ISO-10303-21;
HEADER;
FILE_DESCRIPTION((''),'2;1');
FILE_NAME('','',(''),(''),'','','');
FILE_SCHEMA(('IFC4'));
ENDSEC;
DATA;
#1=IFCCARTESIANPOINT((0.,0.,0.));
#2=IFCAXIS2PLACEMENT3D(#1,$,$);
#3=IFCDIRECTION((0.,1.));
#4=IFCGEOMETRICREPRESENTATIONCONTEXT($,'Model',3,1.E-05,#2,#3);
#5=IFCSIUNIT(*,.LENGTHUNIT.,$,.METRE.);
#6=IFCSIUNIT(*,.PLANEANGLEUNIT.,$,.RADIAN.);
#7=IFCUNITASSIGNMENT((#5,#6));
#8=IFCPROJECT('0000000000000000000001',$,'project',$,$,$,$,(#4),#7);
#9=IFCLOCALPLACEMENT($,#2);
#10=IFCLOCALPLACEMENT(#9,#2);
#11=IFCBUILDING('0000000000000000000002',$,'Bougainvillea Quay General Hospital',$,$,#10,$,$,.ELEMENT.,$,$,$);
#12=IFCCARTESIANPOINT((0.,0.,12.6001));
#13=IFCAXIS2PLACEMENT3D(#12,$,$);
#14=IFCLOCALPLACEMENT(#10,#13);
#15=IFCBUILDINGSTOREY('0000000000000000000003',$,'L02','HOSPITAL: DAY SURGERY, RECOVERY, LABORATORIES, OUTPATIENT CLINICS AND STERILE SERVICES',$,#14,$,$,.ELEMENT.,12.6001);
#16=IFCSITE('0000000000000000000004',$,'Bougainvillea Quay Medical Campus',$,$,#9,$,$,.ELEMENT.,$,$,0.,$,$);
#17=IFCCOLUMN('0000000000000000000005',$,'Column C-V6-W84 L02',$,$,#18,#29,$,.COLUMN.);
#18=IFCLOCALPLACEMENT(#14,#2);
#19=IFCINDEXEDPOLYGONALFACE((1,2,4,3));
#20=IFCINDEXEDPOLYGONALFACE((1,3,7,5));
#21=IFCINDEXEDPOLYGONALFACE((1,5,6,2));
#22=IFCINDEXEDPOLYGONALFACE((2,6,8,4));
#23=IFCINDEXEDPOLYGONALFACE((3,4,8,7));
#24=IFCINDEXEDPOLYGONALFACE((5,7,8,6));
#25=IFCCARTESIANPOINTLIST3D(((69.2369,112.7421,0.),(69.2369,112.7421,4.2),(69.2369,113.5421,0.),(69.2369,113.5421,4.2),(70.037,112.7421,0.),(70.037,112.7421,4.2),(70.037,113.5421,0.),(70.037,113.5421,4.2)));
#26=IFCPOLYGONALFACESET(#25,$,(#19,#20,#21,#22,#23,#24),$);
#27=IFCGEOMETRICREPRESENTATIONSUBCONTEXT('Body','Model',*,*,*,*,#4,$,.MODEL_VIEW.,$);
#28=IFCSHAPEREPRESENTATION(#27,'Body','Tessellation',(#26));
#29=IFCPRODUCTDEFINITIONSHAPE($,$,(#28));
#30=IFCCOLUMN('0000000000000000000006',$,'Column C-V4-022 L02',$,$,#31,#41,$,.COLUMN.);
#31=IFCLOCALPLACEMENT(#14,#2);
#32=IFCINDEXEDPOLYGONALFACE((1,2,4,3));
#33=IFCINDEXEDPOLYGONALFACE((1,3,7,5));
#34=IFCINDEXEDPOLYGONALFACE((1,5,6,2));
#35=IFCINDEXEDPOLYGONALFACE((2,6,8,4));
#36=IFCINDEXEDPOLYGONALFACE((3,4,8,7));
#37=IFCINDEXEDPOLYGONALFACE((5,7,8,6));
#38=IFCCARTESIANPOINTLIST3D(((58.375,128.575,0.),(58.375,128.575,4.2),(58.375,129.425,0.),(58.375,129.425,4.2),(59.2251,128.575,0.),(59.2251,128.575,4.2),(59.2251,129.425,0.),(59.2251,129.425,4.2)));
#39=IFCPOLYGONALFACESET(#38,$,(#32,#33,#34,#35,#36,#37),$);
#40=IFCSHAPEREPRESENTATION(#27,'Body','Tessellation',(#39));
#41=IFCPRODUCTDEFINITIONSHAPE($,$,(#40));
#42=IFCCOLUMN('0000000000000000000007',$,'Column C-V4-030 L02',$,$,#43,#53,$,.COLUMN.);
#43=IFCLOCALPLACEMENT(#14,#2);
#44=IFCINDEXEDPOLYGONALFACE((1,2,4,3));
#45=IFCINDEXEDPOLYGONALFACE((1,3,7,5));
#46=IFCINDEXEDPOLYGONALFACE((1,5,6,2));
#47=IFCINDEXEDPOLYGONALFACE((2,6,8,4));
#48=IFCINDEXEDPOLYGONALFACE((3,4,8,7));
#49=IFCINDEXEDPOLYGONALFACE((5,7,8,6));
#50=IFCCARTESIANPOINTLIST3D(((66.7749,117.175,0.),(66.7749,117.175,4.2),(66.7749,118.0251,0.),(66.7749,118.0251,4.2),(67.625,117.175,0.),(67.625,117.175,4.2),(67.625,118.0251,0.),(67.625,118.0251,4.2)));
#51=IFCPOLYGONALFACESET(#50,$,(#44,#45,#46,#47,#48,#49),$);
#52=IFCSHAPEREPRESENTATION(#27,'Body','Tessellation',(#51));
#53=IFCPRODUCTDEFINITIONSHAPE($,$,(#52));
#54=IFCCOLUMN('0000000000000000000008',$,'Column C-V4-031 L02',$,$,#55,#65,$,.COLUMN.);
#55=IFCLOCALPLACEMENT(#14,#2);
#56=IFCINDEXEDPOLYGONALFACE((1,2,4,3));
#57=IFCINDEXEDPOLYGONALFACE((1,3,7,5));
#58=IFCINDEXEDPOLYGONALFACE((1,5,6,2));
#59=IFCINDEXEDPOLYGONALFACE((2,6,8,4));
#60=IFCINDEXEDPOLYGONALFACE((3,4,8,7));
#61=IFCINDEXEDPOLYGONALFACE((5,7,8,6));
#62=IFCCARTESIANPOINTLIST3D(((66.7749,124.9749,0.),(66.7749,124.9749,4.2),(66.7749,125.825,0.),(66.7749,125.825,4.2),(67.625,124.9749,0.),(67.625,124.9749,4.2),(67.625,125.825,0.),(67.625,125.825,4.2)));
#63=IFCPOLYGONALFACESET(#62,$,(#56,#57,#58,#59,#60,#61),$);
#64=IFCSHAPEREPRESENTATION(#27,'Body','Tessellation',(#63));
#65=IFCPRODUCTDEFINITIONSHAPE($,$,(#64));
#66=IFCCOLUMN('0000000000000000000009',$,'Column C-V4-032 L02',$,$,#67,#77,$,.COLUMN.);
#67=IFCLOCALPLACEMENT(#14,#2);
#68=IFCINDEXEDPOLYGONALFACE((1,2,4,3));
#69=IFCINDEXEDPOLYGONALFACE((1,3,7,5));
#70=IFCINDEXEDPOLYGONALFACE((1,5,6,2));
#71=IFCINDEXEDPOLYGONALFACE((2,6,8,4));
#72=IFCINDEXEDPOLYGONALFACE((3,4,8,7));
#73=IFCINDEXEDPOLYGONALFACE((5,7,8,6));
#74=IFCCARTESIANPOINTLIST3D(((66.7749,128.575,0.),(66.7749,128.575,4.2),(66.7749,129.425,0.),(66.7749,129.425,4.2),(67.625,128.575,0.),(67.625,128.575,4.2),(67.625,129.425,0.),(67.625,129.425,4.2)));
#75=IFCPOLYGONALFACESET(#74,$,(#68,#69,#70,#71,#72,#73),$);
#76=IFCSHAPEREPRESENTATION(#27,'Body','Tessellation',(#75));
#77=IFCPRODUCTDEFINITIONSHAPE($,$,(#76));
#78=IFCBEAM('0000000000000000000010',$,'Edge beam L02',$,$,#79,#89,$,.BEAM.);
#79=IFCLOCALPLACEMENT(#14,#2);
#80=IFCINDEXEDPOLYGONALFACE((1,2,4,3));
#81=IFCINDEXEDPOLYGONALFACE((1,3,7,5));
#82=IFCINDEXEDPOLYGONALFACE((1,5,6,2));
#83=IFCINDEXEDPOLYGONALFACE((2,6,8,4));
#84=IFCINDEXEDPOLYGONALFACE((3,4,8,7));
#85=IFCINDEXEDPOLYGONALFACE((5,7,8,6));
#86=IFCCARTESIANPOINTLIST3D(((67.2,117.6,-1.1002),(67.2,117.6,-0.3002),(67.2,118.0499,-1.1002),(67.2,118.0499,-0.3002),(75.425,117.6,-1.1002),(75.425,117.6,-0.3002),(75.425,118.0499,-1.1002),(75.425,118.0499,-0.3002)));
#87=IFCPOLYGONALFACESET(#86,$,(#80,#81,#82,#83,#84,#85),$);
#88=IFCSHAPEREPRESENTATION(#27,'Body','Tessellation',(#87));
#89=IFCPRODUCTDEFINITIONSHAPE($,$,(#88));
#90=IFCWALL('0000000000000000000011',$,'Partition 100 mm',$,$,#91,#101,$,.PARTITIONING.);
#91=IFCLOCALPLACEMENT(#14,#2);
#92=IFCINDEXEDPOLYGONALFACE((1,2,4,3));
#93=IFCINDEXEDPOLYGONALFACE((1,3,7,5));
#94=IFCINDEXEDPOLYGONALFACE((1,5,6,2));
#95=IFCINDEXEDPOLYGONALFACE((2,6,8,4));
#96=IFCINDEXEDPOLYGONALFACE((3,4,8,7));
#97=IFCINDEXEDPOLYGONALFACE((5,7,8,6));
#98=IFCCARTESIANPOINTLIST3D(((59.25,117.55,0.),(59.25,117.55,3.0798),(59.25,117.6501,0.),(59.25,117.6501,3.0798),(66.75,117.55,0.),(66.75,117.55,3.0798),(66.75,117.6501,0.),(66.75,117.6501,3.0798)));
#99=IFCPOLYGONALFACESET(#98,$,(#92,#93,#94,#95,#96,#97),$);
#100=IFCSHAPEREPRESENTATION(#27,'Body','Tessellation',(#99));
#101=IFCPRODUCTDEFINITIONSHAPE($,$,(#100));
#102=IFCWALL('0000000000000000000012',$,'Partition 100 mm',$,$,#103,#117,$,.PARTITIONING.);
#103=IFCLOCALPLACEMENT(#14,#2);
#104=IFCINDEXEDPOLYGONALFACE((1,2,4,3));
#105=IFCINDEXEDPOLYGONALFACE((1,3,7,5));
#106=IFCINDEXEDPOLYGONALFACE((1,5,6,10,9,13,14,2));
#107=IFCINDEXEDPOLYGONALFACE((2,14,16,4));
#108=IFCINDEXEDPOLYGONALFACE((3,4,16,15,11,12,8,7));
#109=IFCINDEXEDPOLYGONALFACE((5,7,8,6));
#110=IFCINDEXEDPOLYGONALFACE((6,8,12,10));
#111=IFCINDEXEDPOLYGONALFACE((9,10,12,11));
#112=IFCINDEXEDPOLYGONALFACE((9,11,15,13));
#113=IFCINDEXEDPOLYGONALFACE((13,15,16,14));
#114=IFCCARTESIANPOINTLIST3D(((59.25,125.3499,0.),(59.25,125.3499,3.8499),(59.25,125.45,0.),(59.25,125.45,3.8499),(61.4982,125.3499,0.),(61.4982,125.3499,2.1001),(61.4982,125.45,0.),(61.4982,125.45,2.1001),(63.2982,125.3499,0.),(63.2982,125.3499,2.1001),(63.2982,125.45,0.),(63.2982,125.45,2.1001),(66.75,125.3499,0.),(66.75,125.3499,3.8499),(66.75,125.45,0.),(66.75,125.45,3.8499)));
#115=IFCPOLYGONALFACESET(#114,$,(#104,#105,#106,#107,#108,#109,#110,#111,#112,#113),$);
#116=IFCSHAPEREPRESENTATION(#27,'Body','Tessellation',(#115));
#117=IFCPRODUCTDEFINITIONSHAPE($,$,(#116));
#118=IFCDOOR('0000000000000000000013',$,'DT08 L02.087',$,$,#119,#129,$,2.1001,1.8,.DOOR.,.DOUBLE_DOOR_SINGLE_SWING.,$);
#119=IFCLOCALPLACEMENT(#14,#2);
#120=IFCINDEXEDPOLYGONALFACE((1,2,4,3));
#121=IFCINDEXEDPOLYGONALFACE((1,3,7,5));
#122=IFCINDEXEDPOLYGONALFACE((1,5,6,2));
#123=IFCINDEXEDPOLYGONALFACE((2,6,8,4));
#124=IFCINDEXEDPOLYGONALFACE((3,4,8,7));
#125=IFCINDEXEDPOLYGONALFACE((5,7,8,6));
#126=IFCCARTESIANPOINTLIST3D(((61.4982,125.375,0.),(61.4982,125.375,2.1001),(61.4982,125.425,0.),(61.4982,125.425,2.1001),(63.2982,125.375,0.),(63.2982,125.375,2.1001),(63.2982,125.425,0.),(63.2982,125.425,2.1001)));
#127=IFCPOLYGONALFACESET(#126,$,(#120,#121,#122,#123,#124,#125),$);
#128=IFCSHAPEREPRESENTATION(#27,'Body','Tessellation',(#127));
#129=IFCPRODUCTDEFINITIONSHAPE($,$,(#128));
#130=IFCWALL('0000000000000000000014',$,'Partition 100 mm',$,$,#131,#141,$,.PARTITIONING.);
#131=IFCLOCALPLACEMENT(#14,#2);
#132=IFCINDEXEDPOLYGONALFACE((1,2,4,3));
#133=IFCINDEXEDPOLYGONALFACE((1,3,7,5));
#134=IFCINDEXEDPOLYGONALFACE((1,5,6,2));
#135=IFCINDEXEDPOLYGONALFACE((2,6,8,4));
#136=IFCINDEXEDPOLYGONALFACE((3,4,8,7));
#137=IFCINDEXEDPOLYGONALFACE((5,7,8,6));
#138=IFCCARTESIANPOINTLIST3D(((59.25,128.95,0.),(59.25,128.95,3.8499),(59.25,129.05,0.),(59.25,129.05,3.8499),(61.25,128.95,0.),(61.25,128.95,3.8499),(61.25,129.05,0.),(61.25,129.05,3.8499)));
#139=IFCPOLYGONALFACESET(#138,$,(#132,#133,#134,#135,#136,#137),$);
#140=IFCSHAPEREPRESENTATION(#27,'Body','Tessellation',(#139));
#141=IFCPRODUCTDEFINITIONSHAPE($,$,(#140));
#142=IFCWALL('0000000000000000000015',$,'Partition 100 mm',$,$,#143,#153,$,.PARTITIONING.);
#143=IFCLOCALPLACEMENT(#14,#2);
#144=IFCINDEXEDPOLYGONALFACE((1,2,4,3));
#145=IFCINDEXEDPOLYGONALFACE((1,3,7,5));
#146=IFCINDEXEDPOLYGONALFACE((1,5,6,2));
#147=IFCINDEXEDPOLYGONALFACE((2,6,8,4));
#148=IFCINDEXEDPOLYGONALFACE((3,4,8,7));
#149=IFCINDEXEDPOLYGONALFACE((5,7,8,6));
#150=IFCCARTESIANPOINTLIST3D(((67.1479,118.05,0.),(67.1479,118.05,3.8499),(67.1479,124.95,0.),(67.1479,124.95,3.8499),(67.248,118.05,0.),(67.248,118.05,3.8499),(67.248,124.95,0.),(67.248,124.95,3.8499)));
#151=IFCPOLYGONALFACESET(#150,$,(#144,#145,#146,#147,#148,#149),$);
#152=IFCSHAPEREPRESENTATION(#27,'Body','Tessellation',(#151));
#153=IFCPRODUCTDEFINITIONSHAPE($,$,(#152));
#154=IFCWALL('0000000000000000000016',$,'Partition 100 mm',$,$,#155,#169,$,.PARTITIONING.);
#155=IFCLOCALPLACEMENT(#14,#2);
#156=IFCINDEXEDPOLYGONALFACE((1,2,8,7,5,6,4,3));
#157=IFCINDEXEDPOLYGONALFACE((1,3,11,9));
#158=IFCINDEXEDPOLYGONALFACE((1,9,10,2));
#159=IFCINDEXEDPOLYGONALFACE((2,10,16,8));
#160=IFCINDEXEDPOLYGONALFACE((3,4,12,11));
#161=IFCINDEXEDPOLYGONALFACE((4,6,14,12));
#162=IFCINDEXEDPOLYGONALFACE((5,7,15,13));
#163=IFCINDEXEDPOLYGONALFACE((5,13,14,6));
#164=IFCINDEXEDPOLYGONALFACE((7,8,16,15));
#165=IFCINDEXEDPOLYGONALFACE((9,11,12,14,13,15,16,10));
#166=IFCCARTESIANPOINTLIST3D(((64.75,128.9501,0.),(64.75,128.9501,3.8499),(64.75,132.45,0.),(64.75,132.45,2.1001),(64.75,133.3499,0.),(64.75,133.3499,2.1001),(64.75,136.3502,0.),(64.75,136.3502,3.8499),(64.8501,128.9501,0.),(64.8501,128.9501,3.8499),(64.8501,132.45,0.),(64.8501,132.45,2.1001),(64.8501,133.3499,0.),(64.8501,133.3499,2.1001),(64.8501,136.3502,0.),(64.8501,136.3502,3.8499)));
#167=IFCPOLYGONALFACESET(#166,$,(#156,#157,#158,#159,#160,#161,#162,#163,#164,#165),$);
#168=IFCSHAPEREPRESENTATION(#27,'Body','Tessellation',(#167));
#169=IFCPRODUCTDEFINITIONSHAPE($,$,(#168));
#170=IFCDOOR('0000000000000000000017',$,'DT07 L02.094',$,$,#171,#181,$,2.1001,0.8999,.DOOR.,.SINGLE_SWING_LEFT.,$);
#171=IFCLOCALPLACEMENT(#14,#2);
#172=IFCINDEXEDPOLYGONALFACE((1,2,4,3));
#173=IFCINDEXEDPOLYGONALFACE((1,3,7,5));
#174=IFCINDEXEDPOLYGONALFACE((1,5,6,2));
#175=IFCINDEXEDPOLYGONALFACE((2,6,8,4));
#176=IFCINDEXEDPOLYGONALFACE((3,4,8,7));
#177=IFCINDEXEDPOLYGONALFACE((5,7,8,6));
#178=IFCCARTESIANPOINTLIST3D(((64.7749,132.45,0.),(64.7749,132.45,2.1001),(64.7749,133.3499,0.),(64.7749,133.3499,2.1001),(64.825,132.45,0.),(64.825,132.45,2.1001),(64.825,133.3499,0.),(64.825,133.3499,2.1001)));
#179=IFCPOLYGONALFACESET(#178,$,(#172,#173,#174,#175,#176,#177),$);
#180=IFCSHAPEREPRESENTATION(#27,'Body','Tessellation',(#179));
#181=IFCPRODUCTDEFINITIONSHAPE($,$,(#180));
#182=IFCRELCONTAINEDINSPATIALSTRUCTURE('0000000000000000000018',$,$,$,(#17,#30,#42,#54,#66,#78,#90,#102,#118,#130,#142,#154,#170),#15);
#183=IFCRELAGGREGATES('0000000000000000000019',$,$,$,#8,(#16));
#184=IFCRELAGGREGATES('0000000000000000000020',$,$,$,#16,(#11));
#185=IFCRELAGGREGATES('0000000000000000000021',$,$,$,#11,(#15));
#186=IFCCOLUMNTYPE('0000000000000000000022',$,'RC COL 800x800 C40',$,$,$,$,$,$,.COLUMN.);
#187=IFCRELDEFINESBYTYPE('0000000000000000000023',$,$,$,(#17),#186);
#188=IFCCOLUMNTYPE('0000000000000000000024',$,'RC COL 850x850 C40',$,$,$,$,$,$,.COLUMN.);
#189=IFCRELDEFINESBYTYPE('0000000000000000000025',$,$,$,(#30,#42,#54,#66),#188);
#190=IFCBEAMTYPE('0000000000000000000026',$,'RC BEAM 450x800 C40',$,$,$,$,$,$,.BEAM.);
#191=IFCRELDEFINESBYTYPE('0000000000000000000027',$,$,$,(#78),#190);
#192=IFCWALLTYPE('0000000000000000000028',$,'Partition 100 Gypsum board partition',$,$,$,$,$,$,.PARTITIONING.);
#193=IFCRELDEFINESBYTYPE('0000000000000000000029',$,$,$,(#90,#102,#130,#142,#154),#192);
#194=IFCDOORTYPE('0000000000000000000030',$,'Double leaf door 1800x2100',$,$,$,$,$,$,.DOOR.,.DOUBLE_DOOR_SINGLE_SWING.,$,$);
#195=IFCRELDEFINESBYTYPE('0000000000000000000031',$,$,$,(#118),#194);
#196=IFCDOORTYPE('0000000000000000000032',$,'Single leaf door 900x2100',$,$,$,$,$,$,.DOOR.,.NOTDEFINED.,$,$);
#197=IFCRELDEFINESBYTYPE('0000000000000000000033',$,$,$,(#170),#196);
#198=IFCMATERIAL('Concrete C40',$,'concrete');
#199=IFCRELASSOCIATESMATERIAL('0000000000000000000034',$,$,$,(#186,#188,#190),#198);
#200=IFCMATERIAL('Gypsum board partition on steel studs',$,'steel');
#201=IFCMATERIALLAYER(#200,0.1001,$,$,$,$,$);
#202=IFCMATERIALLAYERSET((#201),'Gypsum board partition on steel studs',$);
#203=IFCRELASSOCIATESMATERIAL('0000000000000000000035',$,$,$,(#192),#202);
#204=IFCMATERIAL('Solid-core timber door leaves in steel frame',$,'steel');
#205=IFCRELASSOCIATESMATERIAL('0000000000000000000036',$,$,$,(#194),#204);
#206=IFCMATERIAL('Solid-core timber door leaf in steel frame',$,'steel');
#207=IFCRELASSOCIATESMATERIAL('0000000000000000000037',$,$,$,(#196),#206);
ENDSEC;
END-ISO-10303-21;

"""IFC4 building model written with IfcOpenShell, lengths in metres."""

from ifc_helpers import new_model, si_unit, direction, frame, frame_2d, origin, origin_2d, place, context, subcontext, project, spatial, rectangle, extrude, material, layer, layer_set, material_profile, profile_set, type_object, element, fill, save


model = new_model("IFC4")

# Units and contexts
model_context = context("Model", 3, precision=1e-05, world=origin(), true_north=direction((0.0, 1.0)))
body_context = subcontext(model_context, "Body", "Model", "MODEL_VIEW")
ifc_project = project(units=[si_unit("LENGTHUNIT", "METRE"), si_unit("PLANEANGLEUNIT", "RADIAN")], contexts=[model_context])

# Site, building, storey
site_placement = place(None, origin())
site = spatial("IfcSite", under=ifc_project, at=site_placement, Name="Bougainvillea Quay Medical Campus", CompositionType="ELEMENT", RefElevation=0.0)
building_placement = place(site_placement, origin())
building = spatial("IfcBuilding", under=site, at=building_placement, Name="Bougainvillea Quay General Hospital", CompositionType="ELEMENT")
storey_placement = place(building_placement, frame((0.0, 0.0, 12.6001)))
storey = spatial("IfcBuildingStorey", under=building, at=storey_placement, Name="L02", Description="HOSPITAL: DAY SURGERY, RECOVERY, LABORATORIES, OUTPATIENT CLINICS AND STERILE SERVICES", CompositionType="ELEMENT", Elevation=12.6001)

# Columns
ifc_material_1 = material(Name="Concrete C40", Category="concrete")
ifc_material_profile_1 = material_profile(ifc_material_1, rectangle(XDim=0.8, YDim=0.8, at=origin_2d()))
ifc_profile_set_1 = profile_set([ifc_material_profile_1], Name="Concrete C40")
column_type_1 = type_object("IfcColumnType", Name="RC COL 800x800 C40", PredefinedType="COLUMN", material=ifc_profile_set_1)
column_placement = place(storey_placement, frame((69.637, 113.1421, 0.0), z_axis=(0.0, 0.0, 1.0), x_axis=(1.0, 0.0, 0.0)))
element("IfcColumn", 1, at=column_placement, inside=storey, type_object=column_type_1, Name="Column C-V6-W84 L02", PredefinedType="COLUMN", context=body_context, shape_type="SweptSolid", body=[
    extrude(rectangle(XDim=0.8, YDim=0.8, at=origin_2d()), origin(), (0.0, 0.0, 1.0), 4.2),
])
ifc_material_profile_2 = material_profile(ifc_material_1, rectangle(XDim=0.8501, YDim=0.8501, at=origin_2d()))
ifc_profile_set_2 = profile_set([ifc_material_profile_2], Name="Concrete C40")
column_type_2 = type_object("IfcColumnType", Name="RC COL 850x850 C40", PredefinedType="COLUMN", material=ifc_profile_set_2)
for number, where, z_axis, x_axis, name in (
    (2, (58.8, 129.0, 0.0), (0.0, 0.0, 1.0), (1.0, 0.0, 0.0), "Column C-V4-022 L02"),
    (3, (67.2, 117.6001, 0.0), (0.0, 0.0, 1.0), (1.0, 0.0, 0.0), "Column C-V4-030 L02"),
    (4, (67.2, 125.3999, 0.0), (0.0, 0.0, 1.0), (1.0, 0.0, 0.0), "Column C-V4-031 L02"),
    (5, (67.2, 129.0, 0.0), (0.0, 0.0, 1.0), (1.0, 0.0, 0.0), "Column C-V4-032 L02"),
):
    element("IfcColumn", number, at=place(storey_placement, frame(where, z_axis=z_axis, x_axis=x_axis)), inside=storey, type_object=column_type_2, Name=name, PredefinedType="COLUMN", context=body_context, shape_type="SweptSolid", body=[
        extrude(rectangle(XDim=0.8501, YDim=0.8501, at=origin_2d()), origin(), (0.0, 0.0, 1.0), 4.2),
    ])

# Beam
ifc_material_profile_3 = material_profile(ifc_material_1, rectangle(XDim=0.45, YDim=0.8, at=origin_2d()))
ifc_profile_set_3 = profile_set([ifc_material_profile_3], Name="Concrete C40")
beam_type = type_object("IfcBeamType", Name="RC BEAM 450x800 C40", PredefinedType="BEAM", material=ifc_profile_set_3)
beam_placement = place(storey_placement, frame((67.2, 117.825, -0.7002), z_axis=(1.0, 0.0, 0.0), x_axis=(0.0, 1.0, 0.0)))
element("IfcBeam", 6, at=beam_placement, inside=storey, type_object=beam_type, Name="Edge beam L02", PredefinedType="BEAM", context=body_context, shape_type="SweptSolid", body=[
    extrude(rectangle(XDim=0.45, YDim=0.8, at=origin_2d()), origin(), (0.0, 0.0, 1.0), 8.2251),
])

# Wall
ifc_material_2 = material(Name="Gypsum board partition on steel studs", Category="steel")
ifc_layer_1 = layer(ifc_material_2, 0.1001)
ifc_layer_set_1 = layer_set([ifc_layer_1], Name="Gypsum board partition on steel studs")
wall_type_1 = type_object("IfcWallType", Name="Partition 100 Gypsum board partition", PredefinedType="PARTITIONING", material=ifc_layer_set_1)
wall_1_placement = place(storey_placement, frame((66.75, 117.6001, 0.0), z_axis=(0.0, 0.0, 1.0), x_axis=(-1.0, 0.0, 0.0)))
element("IfcWall", 7, at=wall_1_placement, inside=storey, type_object=wall_type_1, Name="Partition 100 mm", PredefinedType="PARTITIONING", context=body_context, shape_type="SweptSolid", body=[
    extrude(rectangle(XDim=7.5, YDim=0.1001, at=frame_2d((3.75, 0.0))), origin(), (0.0, 0.0, 1.0), 3.0798),
])

# Wall, opening, door
wall_2_placement = place(storey_placement, frame((66.75, 125.3999, 0.0), z_axis=(0.0, 0.0, 1.0), x_axis=(-1.0, 0.0, 0.0)))
wall_2 = element("IfcWall", 8, at=wall_2_placement, inside=storey, type_object=wall_type_1, Name="Partition 100 mm", PredefinedType="PARTITIONING", context=body_context, shape_type="SweptSolid", body=[
    extrude(rectangle(XDim=7.5, YDim=0.1001, at=frame_2d((3.75, 0.0))), origin(), (0.0, 0.0, 1.0), 3.8499),
])
opening_1_placement = place(wall_2_placement, frame((3.4519, 0.0, 0.0)))
opening_1 = element("IfcOpeningElement", 9, at=opening_1_placement, cuts=wall_2, PredefinedType="OPENING", context=body_context, shape_type="SweptSolid", body=[
    extrude(rectangle(XDim=1.8, YDim=2.1001, at=frame_2d((0.8999, 1.05))), frame((0.0, 0.0601, 0.0), z_axis=(0.0, -1.0, 0.0), x_axis=(1.0, 0.0, 0.0)), (0.0, 0.0, 1.0), 0.1201),
])
ifc_material_3 = material(Name="Solid-core timber door leaves in steel frame", Category="steel")
door_type_1 = type_object("IfcDoorType", Name="Double leaf door 1800x2100", OperationType="DOUBLE_DOOR_SINGLE_SWING", PredefinedType="DOOR", material=ifc_material_3)
door_1_placement = place(opening_1_placement, origin())
door_1 = element("IfcDoor", 10, at=door_1_placement, inside=storey, type_object=door_type_1, Name="DT08 L02.087", OperationType="DOUBLE_DOOR_SINGLE_SWING", OverallHeight=2.1001, OverallWidth=1.8, PredefinedType="DOOR", context=body_context, shape_type="SweptSolid", body=[
    extrude(rectangle(XDim=1.8, YDim=2.1001, at=frame_2d((0.8999, 1.05))), frame((0.0, 0.0249, 0.0), z_axis=(0.0, -1.0, 0.0), x_axis=(1.0, 0.0, 0.0)), (0.0, 0.0, 1.0), 0.05),
])
fill(opening_1, door_1)

# Walls
wall_3_placement = place(storey_placement, frame((61.25, 129.0, 0.0), z_axis=(0.0, 0.0, 1.0), x_axis=(-1.0, 0.0, 0.0)))
element("IfcWall", 11, at=wall_3_placement, inside=storey, type_object=wall_type_1, Name="Partition 100 mm", PredefinedType="PARTITIONING", context=body_context, shape_type="SweptSolid", body=[
    extrude(rectangle(XDim=2.0, YDim=0.1001, at=frame_2d((1.0, 0.0))), origin(), (0.0, 0.0, 1.0), 3.8499),
])
wall_4_placement = place(storey_placement, frame((67.198, 118.05, 0.0), z_axis=(0.0, 0.0, 1.0), x_axis=(0.0, 1.0, 0.0)))
element("IfcWall", 12, at=wall_4_placement, inside=storey, type_object=wall_type_1, Name="Partition 100 mm", PredefinedType="PARTITIONING", context=body_context, shape_type="SweptSolid", body=[
    extrude(rectangle(XDim=6.8999, YDim=0.1001, at=frame_2d((3.45, 0.0))), origin(), (0.0, 0.0, 1.0), 3.8499),
])

# Wall, opening, door
wall_5_placement = place(storey_placement, frame((64.8, 128.95, 0.0), z_axis=(0.0, 0.0, 1.0), x_axis=(0.0, 1.0, 0.0)))
wall_5 = element("IfcWall", 13, at=wall_5_placement, inside=storey, type_object=wall_type_1, Name="Partition 100 mm", PredefinedType="PARTITIONING", context=body_context, shape_type="SweptSolid", body=[
    extrude(rectangle(XDim=7.4001, YDim=0.1001, at=frame_2d((3.7002, 0.0))), origin(), (0.0, 0.0, 1.0), 3.8499),
])
opening_2_placement = place(wall_5_placement, frame((3.5, 0.0, 0.0)))
opening_2 = element("IfcOpeningElement", 14, at=opening_2_placement, cuts=wall_5, PredefinedType="OPENING", context=body_context, shape_type="SweptSolid", body=[
    extrude(rectangle(XDim=0.8999, YDim=2.1001, at=frame_2d((0.45, 1.05))), frame((0.0, 0.0601, 0.0), z_axis=(0.0, -1.0, 0.0), x_axis=(1.0, 0.0, 0.0)), (0.0, 0.0, 1.0), 0.1201),
])
ifc_material_4 = material(Name="Solid-core timber door leaf in steel frame", Category="steel")
door_type_2 = type_object("IfcDoorType", Name="Single leaf door 900x2100", OperationType="NOTDEFINED", PredefinedType="DOOR", material=ifc_material_4)
door_2_placement = place(opening_2_placement, frame((0.8999, 0.0, 0.0), z_axis=(0.0, 0.0, 1.0), x_axis=(-1.0, 0.0, 0.0)))
door_2 = element("IfcDoor", 15, at=door_2_placement, inside=storey, type_object=door_type_2, Name="DT07 L02.094", OperationType="SINGLE_SWING_LEFT", OverallHeight=2.1001, OverallWidth=0.8999, PredefinedType="DOOR", context=body_context, shape_type="SweptSolid", body=[
    extrude(rectangle(XDim=0.8999, YDim=2.1001, at=frame_2d((0.45, 1.05))), frame((0.0, 0.0249, 0.0), z_axis=(0.0, -1.0, 0.0), x_axis=(1.0, 0.0, 0.0)), (0.0, 0.0, 1.0), 0.05),
])
fill(opening_2, door_2)

save(model, "model.ifc")
